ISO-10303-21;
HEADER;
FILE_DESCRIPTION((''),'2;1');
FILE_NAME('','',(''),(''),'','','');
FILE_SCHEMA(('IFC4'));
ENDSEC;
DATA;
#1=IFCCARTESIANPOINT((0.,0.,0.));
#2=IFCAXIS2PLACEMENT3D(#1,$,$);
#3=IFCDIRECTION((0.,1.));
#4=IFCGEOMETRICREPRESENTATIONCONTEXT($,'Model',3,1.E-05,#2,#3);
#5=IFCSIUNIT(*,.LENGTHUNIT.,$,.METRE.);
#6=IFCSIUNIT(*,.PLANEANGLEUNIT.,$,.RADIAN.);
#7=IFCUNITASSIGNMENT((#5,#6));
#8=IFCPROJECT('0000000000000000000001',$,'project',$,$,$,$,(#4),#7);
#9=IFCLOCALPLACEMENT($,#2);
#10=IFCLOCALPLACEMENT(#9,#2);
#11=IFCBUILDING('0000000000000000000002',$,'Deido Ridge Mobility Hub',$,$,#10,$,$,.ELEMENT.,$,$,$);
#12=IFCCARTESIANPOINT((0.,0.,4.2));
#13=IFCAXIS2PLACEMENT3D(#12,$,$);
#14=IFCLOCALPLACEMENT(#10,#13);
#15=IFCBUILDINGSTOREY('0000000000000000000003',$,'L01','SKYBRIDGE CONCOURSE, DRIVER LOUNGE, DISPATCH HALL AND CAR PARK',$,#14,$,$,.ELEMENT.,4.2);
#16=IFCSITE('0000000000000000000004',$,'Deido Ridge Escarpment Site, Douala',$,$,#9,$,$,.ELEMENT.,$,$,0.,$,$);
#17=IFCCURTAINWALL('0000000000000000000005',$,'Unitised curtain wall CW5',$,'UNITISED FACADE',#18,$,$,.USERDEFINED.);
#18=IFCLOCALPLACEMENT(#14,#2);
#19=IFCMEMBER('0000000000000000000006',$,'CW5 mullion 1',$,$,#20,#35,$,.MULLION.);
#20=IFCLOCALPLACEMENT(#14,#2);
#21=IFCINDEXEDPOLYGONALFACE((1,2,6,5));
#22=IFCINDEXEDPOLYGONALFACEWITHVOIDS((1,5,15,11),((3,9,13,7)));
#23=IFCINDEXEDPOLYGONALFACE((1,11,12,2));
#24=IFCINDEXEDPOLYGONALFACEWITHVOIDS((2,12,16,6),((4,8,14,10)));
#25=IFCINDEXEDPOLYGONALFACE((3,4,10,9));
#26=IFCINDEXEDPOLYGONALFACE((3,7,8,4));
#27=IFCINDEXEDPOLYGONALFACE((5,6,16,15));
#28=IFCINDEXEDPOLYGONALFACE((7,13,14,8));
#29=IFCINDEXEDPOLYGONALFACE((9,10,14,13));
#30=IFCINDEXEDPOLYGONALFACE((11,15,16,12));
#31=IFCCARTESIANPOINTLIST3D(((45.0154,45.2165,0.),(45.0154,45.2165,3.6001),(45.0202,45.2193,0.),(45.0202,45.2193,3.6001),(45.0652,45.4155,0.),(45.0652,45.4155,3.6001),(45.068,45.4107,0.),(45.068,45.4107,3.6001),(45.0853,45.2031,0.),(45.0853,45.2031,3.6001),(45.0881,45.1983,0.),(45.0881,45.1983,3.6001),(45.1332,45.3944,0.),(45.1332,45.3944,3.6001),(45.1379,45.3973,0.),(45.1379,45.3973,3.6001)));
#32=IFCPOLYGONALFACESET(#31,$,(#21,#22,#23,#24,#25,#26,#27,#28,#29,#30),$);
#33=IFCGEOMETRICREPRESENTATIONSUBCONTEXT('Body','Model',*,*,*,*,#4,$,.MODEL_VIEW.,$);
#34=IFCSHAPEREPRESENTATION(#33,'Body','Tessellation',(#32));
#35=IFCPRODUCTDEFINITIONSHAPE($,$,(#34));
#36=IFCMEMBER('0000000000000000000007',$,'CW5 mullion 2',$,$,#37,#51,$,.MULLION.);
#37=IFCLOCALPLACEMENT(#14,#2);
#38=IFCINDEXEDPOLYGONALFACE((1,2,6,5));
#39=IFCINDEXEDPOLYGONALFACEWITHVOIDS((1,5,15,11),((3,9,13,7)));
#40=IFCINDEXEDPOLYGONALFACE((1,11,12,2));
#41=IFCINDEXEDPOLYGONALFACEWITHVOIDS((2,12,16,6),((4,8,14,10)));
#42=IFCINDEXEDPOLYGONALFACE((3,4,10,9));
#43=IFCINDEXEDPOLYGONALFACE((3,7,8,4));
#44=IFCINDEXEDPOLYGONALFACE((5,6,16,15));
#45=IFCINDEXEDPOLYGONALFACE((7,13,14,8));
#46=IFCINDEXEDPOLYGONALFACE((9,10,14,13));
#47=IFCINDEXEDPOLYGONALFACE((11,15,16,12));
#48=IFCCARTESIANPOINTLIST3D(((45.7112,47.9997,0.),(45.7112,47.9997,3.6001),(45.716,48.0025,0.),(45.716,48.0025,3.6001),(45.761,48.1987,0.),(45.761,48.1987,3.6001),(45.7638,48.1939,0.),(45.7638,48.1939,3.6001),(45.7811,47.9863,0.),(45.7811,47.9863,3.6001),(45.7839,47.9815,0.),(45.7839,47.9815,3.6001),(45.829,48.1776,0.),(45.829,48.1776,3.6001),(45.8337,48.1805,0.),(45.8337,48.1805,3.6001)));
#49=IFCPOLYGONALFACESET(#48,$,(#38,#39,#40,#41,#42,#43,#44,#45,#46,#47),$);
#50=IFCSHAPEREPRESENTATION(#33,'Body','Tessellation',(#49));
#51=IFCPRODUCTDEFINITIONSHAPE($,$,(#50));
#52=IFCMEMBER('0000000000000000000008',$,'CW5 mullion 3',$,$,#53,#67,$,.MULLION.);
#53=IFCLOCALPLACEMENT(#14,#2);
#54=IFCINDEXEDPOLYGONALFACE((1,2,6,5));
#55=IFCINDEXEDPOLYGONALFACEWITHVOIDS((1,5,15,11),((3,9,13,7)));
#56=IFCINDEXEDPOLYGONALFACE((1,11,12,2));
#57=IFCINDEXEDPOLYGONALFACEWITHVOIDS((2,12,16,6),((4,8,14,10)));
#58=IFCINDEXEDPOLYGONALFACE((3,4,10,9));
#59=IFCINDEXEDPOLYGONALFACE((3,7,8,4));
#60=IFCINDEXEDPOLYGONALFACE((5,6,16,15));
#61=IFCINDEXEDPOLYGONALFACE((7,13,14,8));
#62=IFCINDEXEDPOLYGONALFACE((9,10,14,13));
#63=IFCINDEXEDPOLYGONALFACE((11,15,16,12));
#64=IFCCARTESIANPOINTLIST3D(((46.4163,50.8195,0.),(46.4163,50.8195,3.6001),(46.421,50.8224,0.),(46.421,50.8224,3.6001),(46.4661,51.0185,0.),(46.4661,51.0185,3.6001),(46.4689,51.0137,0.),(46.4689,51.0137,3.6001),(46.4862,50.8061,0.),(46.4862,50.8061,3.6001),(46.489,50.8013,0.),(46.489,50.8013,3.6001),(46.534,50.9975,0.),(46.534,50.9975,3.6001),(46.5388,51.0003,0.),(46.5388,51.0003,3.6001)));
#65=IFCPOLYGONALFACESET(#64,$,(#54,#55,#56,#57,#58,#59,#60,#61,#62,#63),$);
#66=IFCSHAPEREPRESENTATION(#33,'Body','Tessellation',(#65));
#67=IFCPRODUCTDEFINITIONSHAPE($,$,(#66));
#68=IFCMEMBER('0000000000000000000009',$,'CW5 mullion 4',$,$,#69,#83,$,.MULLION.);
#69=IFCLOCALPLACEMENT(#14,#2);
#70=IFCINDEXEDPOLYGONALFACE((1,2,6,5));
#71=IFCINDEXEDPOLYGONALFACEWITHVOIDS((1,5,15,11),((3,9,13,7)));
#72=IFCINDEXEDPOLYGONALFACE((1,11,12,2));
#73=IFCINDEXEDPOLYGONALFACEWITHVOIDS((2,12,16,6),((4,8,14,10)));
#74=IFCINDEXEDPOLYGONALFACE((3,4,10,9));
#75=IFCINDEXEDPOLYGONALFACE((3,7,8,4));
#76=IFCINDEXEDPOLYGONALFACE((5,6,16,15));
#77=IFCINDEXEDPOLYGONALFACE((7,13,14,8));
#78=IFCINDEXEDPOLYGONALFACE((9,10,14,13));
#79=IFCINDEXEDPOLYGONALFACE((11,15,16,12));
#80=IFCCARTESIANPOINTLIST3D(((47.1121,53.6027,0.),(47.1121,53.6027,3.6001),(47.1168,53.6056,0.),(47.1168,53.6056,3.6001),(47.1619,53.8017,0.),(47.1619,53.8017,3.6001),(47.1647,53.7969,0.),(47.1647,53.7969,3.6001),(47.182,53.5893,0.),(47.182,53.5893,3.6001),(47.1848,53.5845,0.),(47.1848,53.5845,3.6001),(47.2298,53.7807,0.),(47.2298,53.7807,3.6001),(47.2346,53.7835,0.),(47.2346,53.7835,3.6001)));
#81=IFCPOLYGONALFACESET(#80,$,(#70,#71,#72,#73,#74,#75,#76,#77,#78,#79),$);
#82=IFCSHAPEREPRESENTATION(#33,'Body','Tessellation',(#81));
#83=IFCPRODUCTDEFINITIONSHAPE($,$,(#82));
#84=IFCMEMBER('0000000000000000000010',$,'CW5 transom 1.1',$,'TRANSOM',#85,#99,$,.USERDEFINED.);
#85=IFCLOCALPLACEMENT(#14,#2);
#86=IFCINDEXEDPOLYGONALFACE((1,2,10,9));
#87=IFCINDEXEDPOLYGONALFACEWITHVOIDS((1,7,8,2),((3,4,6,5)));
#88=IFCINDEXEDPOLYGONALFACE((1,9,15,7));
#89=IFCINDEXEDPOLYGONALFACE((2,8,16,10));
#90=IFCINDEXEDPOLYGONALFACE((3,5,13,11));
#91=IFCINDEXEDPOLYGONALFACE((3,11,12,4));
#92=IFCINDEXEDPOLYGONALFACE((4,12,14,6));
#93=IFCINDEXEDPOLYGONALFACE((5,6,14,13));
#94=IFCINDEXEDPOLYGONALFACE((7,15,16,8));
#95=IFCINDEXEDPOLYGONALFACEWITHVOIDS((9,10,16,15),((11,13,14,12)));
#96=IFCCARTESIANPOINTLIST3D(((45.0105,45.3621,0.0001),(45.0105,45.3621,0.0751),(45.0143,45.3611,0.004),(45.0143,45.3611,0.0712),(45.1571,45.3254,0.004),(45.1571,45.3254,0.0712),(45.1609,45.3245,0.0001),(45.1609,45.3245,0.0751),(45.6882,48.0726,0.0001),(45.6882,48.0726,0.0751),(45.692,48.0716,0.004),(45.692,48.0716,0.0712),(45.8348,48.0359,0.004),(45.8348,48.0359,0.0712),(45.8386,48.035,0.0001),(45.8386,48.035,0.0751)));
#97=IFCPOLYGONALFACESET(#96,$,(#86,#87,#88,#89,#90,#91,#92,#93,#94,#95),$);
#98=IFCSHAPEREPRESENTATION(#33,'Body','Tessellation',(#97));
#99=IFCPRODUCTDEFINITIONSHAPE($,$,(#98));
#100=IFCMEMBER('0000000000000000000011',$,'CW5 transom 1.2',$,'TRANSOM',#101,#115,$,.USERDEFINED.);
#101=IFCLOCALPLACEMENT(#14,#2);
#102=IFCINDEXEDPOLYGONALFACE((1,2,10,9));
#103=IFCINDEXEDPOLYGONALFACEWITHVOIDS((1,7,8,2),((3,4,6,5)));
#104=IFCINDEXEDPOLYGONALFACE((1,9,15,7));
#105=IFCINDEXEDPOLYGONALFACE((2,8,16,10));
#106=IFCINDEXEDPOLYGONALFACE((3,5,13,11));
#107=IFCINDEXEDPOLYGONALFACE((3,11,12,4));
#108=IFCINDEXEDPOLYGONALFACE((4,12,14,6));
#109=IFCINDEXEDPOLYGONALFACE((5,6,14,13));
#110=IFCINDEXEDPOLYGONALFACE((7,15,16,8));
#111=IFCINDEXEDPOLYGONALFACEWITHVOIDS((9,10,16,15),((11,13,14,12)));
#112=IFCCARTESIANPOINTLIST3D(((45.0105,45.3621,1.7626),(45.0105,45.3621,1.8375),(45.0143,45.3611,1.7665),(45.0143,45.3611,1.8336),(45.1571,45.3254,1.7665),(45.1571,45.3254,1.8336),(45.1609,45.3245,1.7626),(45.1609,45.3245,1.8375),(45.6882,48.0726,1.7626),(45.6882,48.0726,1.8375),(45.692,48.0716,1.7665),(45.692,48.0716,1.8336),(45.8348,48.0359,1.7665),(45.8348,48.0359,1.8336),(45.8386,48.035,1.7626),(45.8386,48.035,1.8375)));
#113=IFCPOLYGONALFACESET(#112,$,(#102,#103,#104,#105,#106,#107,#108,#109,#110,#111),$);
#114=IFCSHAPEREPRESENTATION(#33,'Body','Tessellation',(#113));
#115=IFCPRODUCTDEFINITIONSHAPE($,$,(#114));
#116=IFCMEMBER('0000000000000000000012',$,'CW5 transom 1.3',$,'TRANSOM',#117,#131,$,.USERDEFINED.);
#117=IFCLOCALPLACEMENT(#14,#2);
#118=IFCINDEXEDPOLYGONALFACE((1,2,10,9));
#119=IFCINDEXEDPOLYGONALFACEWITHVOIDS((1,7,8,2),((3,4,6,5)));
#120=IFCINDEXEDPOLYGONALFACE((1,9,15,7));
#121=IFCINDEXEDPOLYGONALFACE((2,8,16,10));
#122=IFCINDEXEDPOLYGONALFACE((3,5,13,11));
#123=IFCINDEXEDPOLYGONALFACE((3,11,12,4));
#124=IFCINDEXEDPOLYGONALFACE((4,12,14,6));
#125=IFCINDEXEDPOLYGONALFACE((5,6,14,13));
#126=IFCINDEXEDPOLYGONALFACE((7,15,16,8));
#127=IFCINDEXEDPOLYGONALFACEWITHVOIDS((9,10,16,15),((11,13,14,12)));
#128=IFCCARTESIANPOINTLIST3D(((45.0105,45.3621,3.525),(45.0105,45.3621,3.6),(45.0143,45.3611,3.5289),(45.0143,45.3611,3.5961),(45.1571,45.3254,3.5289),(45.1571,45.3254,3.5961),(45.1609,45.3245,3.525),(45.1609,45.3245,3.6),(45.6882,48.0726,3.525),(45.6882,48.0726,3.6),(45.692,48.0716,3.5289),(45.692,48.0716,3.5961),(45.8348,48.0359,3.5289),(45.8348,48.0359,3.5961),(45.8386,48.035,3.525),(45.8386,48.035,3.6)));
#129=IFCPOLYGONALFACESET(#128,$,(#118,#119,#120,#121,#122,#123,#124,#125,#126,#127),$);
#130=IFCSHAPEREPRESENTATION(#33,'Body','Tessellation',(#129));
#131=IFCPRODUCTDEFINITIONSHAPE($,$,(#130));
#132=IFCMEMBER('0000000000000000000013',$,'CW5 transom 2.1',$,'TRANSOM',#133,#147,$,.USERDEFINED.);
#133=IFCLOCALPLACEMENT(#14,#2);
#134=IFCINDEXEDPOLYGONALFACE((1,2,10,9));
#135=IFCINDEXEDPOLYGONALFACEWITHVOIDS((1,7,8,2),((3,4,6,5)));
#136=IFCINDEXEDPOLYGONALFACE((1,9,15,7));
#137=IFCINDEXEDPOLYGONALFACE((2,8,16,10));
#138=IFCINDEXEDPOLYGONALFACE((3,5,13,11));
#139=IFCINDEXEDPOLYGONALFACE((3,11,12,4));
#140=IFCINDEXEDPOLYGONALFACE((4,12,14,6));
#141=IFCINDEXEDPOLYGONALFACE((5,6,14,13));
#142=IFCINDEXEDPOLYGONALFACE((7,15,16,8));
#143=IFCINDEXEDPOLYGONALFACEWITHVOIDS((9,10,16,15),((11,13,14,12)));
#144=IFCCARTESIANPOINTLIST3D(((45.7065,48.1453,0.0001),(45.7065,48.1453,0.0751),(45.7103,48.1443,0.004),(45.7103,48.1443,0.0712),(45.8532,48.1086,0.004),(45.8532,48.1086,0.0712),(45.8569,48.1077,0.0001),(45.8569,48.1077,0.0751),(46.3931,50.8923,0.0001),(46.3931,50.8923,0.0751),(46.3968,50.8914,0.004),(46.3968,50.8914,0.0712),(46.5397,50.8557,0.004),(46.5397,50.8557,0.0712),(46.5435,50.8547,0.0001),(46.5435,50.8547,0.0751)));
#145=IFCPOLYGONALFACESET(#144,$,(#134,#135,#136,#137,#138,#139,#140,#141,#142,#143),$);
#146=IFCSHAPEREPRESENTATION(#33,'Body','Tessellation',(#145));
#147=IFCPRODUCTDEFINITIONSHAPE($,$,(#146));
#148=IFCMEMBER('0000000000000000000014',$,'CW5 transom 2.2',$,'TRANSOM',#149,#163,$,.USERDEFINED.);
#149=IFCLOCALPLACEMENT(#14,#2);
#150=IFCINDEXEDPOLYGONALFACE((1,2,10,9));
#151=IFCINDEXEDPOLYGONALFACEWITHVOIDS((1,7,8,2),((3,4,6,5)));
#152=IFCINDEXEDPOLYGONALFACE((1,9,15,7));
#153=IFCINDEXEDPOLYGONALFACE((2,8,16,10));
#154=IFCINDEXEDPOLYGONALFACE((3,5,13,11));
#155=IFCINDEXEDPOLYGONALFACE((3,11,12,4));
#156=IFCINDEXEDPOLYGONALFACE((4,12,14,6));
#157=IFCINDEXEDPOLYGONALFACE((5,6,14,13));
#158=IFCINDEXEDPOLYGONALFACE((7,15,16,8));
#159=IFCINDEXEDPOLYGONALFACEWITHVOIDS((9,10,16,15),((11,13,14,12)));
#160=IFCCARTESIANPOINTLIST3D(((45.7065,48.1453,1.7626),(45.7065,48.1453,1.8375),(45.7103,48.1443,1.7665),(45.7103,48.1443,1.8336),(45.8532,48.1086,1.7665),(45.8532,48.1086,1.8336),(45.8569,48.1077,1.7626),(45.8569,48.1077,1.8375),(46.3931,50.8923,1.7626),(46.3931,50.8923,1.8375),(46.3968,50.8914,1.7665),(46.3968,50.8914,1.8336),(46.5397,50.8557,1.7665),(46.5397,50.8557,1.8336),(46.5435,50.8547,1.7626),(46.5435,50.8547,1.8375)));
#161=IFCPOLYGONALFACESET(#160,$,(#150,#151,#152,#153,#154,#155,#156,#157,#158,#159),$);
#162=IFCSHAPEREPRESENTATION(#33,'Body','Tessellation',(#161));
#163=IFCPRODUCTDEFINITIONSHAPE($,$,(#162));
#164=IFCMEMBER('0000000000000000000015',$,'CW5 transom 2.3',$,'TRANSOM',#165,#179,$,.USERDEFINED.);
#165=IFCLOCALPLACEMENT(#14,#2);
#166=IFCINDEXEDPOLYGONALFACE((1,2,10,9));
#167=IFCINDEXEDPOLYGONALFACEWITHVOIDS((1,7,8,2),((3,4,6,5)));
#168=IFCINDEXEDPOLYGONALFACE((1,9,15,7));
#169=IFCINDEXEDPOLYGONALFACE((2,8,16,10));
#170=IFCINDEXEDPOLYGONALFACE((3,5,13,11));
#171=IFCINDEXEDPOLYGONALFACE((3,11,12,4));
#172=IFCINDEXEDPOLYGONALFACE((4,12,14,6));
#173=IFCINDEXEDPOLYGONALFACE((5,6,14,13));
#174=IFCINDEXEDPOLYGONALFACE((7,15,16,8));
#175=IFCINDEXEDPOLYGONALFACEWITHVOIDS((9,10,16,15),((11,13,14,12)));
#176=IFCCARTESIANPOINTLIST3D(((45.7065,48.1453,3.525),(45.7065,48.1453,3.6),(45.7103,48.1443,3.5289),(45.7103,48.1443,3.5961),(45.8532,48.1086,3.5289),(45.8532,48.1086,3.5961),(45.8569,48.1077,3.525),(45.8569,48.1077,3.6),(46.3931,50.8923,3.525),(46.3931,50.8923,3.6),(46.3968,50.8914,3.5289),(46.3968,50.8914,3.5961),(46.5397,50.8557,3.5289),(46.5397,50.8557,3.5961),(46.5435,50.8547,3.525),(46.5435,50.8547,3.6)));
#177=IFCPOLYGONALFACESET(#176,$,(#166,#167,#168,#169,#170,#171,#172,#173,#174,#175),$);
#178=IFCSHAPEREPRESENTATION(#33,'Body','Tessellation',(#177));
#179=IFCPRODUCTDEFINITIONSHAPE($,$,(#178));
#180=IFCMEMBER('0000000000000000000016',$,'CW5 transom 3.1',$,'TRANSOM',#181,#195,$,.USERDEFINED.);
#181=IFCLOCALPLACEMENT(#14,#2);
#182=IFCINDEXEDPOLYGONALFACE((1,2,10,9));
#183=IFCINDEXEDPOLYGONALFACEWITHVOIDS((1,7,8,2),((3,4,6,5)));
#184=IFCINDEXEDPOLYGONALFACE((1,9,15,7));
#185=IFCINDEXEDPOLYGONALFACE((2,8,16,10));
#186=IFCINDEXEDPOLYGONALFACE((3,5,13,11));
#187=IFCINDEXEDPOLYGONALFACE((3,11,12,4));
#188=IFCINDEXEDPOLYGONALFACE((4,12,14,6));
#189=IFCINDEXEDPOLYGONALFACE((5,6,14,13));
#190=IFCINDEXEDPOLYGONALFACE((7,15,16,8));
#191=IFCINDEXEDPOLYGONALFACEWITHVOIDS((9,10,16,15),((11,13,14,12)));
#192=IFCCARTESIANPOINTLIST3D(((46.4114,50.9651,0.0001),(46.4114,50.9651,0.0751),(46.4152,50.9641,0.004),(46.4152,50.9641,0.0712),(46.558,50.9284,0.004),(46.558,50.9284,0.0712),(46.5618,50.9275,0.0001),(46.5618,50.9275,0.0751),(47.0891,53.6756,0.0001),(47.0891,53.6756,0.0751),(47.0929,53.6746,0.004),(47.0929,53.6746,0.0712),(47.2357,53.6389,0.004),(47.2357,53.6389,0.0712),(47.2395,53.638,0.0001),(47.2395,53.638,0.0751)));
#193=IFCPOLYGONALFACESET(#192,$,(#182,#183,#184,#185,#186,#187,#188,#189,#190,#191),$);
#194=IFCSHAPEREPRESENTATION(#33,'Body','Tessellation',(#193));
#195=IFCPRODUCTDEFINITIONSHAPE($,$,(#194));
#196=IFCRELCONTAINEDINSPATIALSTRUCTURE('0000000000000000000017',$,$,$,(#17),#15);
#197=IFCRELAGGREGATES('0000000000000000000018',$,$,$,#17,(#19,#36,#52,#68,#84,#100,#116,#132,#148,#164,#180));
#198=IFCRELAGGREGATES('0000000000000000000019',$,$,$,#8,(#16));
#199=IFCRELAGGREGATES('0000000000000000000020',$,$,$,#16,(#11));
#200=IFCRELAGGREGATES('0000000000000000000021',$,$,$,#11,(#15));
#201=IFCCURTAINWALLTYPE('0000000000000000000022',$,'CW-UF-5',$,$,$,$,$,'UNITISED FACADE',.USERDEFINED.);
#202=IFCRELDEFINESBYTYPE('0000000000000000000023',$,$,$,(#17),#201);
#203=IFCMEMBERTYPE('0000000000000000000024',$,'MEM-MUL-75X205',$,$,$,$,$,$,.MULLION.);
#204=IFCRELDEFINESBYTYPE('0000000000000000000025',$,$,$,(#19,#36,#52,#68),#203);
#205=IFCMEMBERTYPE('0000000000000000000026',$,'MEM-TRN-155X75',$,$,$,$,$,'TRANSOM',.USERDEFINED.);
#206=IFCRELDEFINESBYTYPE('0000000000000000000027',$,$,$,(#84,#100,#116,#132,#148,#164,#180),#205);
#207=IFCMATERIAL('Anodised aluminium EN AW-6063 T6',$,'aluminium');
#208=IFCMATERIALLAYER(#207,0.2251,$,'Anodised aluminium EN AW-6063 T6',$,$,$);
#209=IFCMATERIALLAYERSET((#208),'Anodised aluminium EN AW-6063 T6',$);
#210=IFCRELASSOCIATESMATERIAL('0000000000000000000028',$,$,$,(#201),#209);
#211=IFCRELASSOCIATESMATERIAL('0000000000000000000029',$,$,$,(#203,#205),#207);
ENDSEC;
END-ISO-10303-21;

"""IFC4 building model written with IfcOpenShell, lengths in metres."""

from ifc_helpers import new_model, si_unit, direction, frame, origin, origin_2d, place, context, subcontext, project, spatial, hollow_rectangle, extrude, material, layer, layer_set, material_profile, profile_set, type_object, element, aggregate, save


model = new_model("IFC4")

# Units and contexts
model_context = context("Model", 3, precision=1e-05, world=origin(), true_north=direction((0.0, 1.0)))
body_context = subcontext(model_context, "Body", "Model", "MODEL_VIEW")
ifc_project = project(units=[si_unit("LENGTHUNIT", "METRE"), si_unit("PLANEANGLEUNIT", "RADIAN")], contexts=[model_context])

# Site, building, storey
site_placement = place(None, origin())
site = spatial("IfcSite", under=ifc_project, at=site_placement, Name="Deido Ridge Escarpment Site, Douala", CompositionType="ELEMENT", RefElevation=0.0)
building_placement = place(site_placement, origin())
building = spatial("IfcBuilding", under=site, at=building_placement, Name="Deido Ridge Mobility Hub", CompositionType="ELEMENT")
storey_placement = place(building_placement, frame((0.0, 0.0, 4.2)))
storey = spatial("IfcBuildingStorey", under=building, at=storey_placement, Name="L01", Description="SKYBRIDGE CONCOURSE, DRIVER LOUNGE, DISPATCH HALL AND CAR PARK", CompositionType="ELEMENT", Elevation=4.2)

# Curtain wall, members
ifc_material_1 = material(Name="Anodised aluminium EN AW-6063 T6", Category="aluminium")
ifc_layer_1 = layer(ifc_material_1, 0.2251, Name="Anodised aluminium EN AW-6063 T6")
ifc_layer_set_1 = layer_set([ifc_layer_1], Name="Anodised aluminium EN AW-6063 T6")
curtain_wall_type = type_object("IfcCurtainWallType", Name="CW-UF-5", ElementType="UNITISED FACADE", PredefinedType="USERDEFINED", material=ifc_layer_set_1)
curtain_wall_placement = place(storey_placement, origin())
curtain_wall = element("IfcCurtainWall", 1, at=curtain_wall_placement, inside=storey, type_object=curtain_wall_type, Name="Unitised curtain wall CW5", ObjectType="UNITISED FACADE", PredefinedType="USERDEFINED")
ifc_material_profile_1 = material_profile(ifc_material_1, hollow_rectangle(XDim=0.075, YDim=0.2051, WallThickness=0.0039, at=origin_2d()), Name="RHS 75x205x4")
ifc_profile_set_1 = profile_set([ifc_material_profile_1], Name="Anodised aluminium EN AW-6063 T6")
member_type_1 = type_object("IfcMemberType", Name="MEM-MUL-75X205", PredefinedType="MULLION", material=ifc_profile_set_1)
member_1_placement = place(storey_placement, frame((45.0767, 45.3069, 0.0), z_axis=(0.0, 0.0, 1.0), x_axis=(-0.97014, 0.242546, 0.0)))
member_1 = element("IfcMember", 2, at=member_1_placement, type_object=member_type_1, Name="CW5 mullion 1", PredefinedType="MULLION", context=body_context, shape_type="SweptSolid", body=[
    extrude(hollow_rectangle(XDim=0.075, YDim=0.2051, WallThickness=0.0039, at=origin_2d()), origin(), (0.0, 0.0, 1.0), 3.6001),
])
member_2_placement = place(storey_placement, frame((45.7725, 48.0901, 0.0), z_axis=(0.0, 0.0, 1.0), x_axis=(-0.97014, 0.242546, 0.0)))
member_2 = element("IfcMember", 3, at=member_2_placement, type_object=member_type_1, Name="CW5 mullion 2", PredefinedType="MULLION", context=body_context, shape_type="SweptSolid", body=[
    extrude(hollow_rectangle(XDim=0.075, YDim=0.2051, WallThickness=0.0039, at=origin_2d()), origin(), (0.0, 0.0, 1.0), 3.6001),
])
member_3_placement = place(storey_placement, frame((46.4775, 50.9099, 0.0), z_axis=(0.0, 0.0, 1.0), x_axis=(-0.97014, 0.242546, 0.0)))
member_3 = element("IfcMember", 4, at=member_3_placement, type_object=member_type_1, Name="CW5 mullion 3", PredefinedType="MULLION", context=body_context, shape_type="SweptSolid", body=[
    extrude(hollow_rectangle(XDim=0.075, YDim=0.2051, WallThickness=0.0039, at=origin_2d()), origin(), (0.0, 0.0, 1.0), 3.6001),
])
member_4_placement = place(storey_placement, frame((47.1733, 53.6931, 0.0), z_axis=(0.0, 0.0, 1.0), x_axis=(-0.97014, 0.242546, 0.0)))
member_4 = element("IfcMember", 5, at=member_4_placement, type_object=member_type_1, Name="CW5 mullion 4", PredefinedType="MULLION", context=body_context, shape_type="SweptSolid", body=[
    extrude(hollow_rectangle(XDim=0.075, YDim=0.2051, WallThickness=0.0039, at=origin_2d()), origin(), (0.0, 0.0, 1.0), 3.6001),
])
ifc_material_profile_2 = material_profile(ifc_material_1, hollow_rectangle(XDim=0.155, YDim=0.075, WallThickness=0.0039, at=origin_2d()), Name="RHS 155x75x4")
ifc_profile_set_2 = profile_set([ifc_material_profile_2], Name="Anodised aluminium EN AW-6063 T6")
member_type_2 = type_object("IfcMemberType", Name="MEM-TRN-155X75", ElementType="TRANSOM", PredefinedType="USERDEFINED", material=ifc_profile_set_2)
member_5_placement = place(storey_placement, frame((45.0857, 45.3433, 0.0376), z_axis=(0.242577, 0.970132, 0.0), x_axis=(-0.970132, 0.242577, 0.0)))
member_5 = element("IfcMember", 6, at=member_5_placement, type_object=member_type_2, Name="CW5 transom 1.1", ObjectType="TRANSOM", PredefinedType="USERDEFINED", context=body_context, shape_type="SweptSolid", body=[
    extrude(hollow_rectangle(XDim=0.155, YDim=0.075, WallThickness=0.0039, at=origin_2d()), origin(), (0.0, 0.0, 1.0), 2.7939),
])
member_6_placement = place(storey_placement, frame((45.0857, 45.3433, 1.8), z_axis=(0.242577, 0.970132, 0.0), x_axis=(-0.970132, 0.242577, 0.0)))
member_6 = element("IfcMember", 7, at=member_6_placement, type_object=member_type_2, Name="CW5 transom 1.2", ObjectType="TRANSOM", PredefinedType="USERDEFINED", context=body_context, shape_type="SweptSolid", body=[
    extrude(hollow_rectangle(XDim=0.155, YDim=0.075, WallThickness=0.0039, at=origin_2d()), origin(), (0.0, 0.0, 1.0), 2.7939),
])
member_7_placement = place(storey_placement, frame((45.0857, 45.3433, 3.5625), z_axis=(0.242577, 0.970132, 0.0), x_axis=(-0.970132, 0.242577, 0.0)))
member_7 = element("IfcMember", 8, at=member_7_placement, type_object=member_type_2, Name="CW5 transom 1.3", ObjectType="TRANSOM", PredefinedType="USERDEFINED", context=body_context, shape_type="SweptSolid", body=[
    extrude(hollow_rectangle(XDim=0.155, YDim=0.075, WallThickness=0.0039, at=origin_2d()), origin(), (0.0, 0.0, 1.0), 2.7939),
])
member_8_placement = place(storey_placement, frame((45.7817, 48.1265, 0.0376), z_axis=(0.242454, 0.970163, 0.0), x_axis=(-0.970163, 0.242454, 0.0)))
member_8 = element("IfcMember", 9, at=member_8_placement, type_object=member_type_2, Name="CW5 transom 2.1", ObjectType="TRANSOM", PredefinedType="USERDEFINED", context=body_context, shape_type="SweptSolid", body=[
    extrude(hollow_rectangle(XDim=0.155, YDim=0.075, WallThickness=0.0039, at=origin_2d()), origin(), (0.0, 0.0, 1.0), 2.8315),
])
member_9_placement = place(storey_placement, frame((45.7817, 48.1265, 1.8), z_axis=(0.242454, 0.970163, 0.0), x_axis=(-0.970163, 0.242454, 0.0)))
member_9 = element("IfcMember", 10, at=member_9_placement, type_object=member_type_2, Name="CW5 transom 2.2", ObjectType="TRANSOM", PredefinedType="USERDEFINED", context=body_context, shape_type="SweptSolid", body=[
    extrude(hollow_rectangle(XDim=0.155, YDim=0.075, WallThickness=0.0039, at=origin_2d()), origin(), (0.0, 0.0, 1.0), 2.8315),
])
member_10_placement = place(storey_placement, frame((45.7817, 48.1265, 3.5625), z_axis=(0.242454, 0.970163, 0.0), x_axis=(-0.970163, 0.242454, 0.0)))
member_10 = element("IfcMember", 11, at=member_10_placement, type_object=member_type_2, Name="CW5 transom 2.3", ObjectType="TRANSOM", PredefinedType="USERDEFINED", context=body_context, shape_type="SweptSolid", body=[
    extrude(hollow_rectangle(XDim=0.155, YDim=0.075, WallThickness=0.0039, at=origin_2d()), origin(), (0.0, 0.0, 1.0), 2.8315),
])
member_11_placement = place(storey_placement, frame((46.4866, 50.9463, 0.0376), z_axis=(0.242577, 0.970132, 0.0), x_axis=(-0.970132, 0.242577, 0.0)))
member_11 = element("IfcMember", 12, at=member_11_placement, type_object=member_type_2, Name="CW5 transom 3.1", ObjectType="TRANSOM", PredefinedType="USERDEFINED", context=body_context, shape_type="SweptSolid", body=[
    extrude(hollow_rectangle(XDim=0.155, YDim=0.075, WallThickness=0.0039, at=origin_2d()), origin(), (0.0, 0.0, 1.0), 2.7939),
])
aggregate(curtain_wall, [member_1, member_2, member_3, member_4, member_5, member_6, member_7, member_8, member_9, member_10, member_11])

save(model, "model.ifc")
